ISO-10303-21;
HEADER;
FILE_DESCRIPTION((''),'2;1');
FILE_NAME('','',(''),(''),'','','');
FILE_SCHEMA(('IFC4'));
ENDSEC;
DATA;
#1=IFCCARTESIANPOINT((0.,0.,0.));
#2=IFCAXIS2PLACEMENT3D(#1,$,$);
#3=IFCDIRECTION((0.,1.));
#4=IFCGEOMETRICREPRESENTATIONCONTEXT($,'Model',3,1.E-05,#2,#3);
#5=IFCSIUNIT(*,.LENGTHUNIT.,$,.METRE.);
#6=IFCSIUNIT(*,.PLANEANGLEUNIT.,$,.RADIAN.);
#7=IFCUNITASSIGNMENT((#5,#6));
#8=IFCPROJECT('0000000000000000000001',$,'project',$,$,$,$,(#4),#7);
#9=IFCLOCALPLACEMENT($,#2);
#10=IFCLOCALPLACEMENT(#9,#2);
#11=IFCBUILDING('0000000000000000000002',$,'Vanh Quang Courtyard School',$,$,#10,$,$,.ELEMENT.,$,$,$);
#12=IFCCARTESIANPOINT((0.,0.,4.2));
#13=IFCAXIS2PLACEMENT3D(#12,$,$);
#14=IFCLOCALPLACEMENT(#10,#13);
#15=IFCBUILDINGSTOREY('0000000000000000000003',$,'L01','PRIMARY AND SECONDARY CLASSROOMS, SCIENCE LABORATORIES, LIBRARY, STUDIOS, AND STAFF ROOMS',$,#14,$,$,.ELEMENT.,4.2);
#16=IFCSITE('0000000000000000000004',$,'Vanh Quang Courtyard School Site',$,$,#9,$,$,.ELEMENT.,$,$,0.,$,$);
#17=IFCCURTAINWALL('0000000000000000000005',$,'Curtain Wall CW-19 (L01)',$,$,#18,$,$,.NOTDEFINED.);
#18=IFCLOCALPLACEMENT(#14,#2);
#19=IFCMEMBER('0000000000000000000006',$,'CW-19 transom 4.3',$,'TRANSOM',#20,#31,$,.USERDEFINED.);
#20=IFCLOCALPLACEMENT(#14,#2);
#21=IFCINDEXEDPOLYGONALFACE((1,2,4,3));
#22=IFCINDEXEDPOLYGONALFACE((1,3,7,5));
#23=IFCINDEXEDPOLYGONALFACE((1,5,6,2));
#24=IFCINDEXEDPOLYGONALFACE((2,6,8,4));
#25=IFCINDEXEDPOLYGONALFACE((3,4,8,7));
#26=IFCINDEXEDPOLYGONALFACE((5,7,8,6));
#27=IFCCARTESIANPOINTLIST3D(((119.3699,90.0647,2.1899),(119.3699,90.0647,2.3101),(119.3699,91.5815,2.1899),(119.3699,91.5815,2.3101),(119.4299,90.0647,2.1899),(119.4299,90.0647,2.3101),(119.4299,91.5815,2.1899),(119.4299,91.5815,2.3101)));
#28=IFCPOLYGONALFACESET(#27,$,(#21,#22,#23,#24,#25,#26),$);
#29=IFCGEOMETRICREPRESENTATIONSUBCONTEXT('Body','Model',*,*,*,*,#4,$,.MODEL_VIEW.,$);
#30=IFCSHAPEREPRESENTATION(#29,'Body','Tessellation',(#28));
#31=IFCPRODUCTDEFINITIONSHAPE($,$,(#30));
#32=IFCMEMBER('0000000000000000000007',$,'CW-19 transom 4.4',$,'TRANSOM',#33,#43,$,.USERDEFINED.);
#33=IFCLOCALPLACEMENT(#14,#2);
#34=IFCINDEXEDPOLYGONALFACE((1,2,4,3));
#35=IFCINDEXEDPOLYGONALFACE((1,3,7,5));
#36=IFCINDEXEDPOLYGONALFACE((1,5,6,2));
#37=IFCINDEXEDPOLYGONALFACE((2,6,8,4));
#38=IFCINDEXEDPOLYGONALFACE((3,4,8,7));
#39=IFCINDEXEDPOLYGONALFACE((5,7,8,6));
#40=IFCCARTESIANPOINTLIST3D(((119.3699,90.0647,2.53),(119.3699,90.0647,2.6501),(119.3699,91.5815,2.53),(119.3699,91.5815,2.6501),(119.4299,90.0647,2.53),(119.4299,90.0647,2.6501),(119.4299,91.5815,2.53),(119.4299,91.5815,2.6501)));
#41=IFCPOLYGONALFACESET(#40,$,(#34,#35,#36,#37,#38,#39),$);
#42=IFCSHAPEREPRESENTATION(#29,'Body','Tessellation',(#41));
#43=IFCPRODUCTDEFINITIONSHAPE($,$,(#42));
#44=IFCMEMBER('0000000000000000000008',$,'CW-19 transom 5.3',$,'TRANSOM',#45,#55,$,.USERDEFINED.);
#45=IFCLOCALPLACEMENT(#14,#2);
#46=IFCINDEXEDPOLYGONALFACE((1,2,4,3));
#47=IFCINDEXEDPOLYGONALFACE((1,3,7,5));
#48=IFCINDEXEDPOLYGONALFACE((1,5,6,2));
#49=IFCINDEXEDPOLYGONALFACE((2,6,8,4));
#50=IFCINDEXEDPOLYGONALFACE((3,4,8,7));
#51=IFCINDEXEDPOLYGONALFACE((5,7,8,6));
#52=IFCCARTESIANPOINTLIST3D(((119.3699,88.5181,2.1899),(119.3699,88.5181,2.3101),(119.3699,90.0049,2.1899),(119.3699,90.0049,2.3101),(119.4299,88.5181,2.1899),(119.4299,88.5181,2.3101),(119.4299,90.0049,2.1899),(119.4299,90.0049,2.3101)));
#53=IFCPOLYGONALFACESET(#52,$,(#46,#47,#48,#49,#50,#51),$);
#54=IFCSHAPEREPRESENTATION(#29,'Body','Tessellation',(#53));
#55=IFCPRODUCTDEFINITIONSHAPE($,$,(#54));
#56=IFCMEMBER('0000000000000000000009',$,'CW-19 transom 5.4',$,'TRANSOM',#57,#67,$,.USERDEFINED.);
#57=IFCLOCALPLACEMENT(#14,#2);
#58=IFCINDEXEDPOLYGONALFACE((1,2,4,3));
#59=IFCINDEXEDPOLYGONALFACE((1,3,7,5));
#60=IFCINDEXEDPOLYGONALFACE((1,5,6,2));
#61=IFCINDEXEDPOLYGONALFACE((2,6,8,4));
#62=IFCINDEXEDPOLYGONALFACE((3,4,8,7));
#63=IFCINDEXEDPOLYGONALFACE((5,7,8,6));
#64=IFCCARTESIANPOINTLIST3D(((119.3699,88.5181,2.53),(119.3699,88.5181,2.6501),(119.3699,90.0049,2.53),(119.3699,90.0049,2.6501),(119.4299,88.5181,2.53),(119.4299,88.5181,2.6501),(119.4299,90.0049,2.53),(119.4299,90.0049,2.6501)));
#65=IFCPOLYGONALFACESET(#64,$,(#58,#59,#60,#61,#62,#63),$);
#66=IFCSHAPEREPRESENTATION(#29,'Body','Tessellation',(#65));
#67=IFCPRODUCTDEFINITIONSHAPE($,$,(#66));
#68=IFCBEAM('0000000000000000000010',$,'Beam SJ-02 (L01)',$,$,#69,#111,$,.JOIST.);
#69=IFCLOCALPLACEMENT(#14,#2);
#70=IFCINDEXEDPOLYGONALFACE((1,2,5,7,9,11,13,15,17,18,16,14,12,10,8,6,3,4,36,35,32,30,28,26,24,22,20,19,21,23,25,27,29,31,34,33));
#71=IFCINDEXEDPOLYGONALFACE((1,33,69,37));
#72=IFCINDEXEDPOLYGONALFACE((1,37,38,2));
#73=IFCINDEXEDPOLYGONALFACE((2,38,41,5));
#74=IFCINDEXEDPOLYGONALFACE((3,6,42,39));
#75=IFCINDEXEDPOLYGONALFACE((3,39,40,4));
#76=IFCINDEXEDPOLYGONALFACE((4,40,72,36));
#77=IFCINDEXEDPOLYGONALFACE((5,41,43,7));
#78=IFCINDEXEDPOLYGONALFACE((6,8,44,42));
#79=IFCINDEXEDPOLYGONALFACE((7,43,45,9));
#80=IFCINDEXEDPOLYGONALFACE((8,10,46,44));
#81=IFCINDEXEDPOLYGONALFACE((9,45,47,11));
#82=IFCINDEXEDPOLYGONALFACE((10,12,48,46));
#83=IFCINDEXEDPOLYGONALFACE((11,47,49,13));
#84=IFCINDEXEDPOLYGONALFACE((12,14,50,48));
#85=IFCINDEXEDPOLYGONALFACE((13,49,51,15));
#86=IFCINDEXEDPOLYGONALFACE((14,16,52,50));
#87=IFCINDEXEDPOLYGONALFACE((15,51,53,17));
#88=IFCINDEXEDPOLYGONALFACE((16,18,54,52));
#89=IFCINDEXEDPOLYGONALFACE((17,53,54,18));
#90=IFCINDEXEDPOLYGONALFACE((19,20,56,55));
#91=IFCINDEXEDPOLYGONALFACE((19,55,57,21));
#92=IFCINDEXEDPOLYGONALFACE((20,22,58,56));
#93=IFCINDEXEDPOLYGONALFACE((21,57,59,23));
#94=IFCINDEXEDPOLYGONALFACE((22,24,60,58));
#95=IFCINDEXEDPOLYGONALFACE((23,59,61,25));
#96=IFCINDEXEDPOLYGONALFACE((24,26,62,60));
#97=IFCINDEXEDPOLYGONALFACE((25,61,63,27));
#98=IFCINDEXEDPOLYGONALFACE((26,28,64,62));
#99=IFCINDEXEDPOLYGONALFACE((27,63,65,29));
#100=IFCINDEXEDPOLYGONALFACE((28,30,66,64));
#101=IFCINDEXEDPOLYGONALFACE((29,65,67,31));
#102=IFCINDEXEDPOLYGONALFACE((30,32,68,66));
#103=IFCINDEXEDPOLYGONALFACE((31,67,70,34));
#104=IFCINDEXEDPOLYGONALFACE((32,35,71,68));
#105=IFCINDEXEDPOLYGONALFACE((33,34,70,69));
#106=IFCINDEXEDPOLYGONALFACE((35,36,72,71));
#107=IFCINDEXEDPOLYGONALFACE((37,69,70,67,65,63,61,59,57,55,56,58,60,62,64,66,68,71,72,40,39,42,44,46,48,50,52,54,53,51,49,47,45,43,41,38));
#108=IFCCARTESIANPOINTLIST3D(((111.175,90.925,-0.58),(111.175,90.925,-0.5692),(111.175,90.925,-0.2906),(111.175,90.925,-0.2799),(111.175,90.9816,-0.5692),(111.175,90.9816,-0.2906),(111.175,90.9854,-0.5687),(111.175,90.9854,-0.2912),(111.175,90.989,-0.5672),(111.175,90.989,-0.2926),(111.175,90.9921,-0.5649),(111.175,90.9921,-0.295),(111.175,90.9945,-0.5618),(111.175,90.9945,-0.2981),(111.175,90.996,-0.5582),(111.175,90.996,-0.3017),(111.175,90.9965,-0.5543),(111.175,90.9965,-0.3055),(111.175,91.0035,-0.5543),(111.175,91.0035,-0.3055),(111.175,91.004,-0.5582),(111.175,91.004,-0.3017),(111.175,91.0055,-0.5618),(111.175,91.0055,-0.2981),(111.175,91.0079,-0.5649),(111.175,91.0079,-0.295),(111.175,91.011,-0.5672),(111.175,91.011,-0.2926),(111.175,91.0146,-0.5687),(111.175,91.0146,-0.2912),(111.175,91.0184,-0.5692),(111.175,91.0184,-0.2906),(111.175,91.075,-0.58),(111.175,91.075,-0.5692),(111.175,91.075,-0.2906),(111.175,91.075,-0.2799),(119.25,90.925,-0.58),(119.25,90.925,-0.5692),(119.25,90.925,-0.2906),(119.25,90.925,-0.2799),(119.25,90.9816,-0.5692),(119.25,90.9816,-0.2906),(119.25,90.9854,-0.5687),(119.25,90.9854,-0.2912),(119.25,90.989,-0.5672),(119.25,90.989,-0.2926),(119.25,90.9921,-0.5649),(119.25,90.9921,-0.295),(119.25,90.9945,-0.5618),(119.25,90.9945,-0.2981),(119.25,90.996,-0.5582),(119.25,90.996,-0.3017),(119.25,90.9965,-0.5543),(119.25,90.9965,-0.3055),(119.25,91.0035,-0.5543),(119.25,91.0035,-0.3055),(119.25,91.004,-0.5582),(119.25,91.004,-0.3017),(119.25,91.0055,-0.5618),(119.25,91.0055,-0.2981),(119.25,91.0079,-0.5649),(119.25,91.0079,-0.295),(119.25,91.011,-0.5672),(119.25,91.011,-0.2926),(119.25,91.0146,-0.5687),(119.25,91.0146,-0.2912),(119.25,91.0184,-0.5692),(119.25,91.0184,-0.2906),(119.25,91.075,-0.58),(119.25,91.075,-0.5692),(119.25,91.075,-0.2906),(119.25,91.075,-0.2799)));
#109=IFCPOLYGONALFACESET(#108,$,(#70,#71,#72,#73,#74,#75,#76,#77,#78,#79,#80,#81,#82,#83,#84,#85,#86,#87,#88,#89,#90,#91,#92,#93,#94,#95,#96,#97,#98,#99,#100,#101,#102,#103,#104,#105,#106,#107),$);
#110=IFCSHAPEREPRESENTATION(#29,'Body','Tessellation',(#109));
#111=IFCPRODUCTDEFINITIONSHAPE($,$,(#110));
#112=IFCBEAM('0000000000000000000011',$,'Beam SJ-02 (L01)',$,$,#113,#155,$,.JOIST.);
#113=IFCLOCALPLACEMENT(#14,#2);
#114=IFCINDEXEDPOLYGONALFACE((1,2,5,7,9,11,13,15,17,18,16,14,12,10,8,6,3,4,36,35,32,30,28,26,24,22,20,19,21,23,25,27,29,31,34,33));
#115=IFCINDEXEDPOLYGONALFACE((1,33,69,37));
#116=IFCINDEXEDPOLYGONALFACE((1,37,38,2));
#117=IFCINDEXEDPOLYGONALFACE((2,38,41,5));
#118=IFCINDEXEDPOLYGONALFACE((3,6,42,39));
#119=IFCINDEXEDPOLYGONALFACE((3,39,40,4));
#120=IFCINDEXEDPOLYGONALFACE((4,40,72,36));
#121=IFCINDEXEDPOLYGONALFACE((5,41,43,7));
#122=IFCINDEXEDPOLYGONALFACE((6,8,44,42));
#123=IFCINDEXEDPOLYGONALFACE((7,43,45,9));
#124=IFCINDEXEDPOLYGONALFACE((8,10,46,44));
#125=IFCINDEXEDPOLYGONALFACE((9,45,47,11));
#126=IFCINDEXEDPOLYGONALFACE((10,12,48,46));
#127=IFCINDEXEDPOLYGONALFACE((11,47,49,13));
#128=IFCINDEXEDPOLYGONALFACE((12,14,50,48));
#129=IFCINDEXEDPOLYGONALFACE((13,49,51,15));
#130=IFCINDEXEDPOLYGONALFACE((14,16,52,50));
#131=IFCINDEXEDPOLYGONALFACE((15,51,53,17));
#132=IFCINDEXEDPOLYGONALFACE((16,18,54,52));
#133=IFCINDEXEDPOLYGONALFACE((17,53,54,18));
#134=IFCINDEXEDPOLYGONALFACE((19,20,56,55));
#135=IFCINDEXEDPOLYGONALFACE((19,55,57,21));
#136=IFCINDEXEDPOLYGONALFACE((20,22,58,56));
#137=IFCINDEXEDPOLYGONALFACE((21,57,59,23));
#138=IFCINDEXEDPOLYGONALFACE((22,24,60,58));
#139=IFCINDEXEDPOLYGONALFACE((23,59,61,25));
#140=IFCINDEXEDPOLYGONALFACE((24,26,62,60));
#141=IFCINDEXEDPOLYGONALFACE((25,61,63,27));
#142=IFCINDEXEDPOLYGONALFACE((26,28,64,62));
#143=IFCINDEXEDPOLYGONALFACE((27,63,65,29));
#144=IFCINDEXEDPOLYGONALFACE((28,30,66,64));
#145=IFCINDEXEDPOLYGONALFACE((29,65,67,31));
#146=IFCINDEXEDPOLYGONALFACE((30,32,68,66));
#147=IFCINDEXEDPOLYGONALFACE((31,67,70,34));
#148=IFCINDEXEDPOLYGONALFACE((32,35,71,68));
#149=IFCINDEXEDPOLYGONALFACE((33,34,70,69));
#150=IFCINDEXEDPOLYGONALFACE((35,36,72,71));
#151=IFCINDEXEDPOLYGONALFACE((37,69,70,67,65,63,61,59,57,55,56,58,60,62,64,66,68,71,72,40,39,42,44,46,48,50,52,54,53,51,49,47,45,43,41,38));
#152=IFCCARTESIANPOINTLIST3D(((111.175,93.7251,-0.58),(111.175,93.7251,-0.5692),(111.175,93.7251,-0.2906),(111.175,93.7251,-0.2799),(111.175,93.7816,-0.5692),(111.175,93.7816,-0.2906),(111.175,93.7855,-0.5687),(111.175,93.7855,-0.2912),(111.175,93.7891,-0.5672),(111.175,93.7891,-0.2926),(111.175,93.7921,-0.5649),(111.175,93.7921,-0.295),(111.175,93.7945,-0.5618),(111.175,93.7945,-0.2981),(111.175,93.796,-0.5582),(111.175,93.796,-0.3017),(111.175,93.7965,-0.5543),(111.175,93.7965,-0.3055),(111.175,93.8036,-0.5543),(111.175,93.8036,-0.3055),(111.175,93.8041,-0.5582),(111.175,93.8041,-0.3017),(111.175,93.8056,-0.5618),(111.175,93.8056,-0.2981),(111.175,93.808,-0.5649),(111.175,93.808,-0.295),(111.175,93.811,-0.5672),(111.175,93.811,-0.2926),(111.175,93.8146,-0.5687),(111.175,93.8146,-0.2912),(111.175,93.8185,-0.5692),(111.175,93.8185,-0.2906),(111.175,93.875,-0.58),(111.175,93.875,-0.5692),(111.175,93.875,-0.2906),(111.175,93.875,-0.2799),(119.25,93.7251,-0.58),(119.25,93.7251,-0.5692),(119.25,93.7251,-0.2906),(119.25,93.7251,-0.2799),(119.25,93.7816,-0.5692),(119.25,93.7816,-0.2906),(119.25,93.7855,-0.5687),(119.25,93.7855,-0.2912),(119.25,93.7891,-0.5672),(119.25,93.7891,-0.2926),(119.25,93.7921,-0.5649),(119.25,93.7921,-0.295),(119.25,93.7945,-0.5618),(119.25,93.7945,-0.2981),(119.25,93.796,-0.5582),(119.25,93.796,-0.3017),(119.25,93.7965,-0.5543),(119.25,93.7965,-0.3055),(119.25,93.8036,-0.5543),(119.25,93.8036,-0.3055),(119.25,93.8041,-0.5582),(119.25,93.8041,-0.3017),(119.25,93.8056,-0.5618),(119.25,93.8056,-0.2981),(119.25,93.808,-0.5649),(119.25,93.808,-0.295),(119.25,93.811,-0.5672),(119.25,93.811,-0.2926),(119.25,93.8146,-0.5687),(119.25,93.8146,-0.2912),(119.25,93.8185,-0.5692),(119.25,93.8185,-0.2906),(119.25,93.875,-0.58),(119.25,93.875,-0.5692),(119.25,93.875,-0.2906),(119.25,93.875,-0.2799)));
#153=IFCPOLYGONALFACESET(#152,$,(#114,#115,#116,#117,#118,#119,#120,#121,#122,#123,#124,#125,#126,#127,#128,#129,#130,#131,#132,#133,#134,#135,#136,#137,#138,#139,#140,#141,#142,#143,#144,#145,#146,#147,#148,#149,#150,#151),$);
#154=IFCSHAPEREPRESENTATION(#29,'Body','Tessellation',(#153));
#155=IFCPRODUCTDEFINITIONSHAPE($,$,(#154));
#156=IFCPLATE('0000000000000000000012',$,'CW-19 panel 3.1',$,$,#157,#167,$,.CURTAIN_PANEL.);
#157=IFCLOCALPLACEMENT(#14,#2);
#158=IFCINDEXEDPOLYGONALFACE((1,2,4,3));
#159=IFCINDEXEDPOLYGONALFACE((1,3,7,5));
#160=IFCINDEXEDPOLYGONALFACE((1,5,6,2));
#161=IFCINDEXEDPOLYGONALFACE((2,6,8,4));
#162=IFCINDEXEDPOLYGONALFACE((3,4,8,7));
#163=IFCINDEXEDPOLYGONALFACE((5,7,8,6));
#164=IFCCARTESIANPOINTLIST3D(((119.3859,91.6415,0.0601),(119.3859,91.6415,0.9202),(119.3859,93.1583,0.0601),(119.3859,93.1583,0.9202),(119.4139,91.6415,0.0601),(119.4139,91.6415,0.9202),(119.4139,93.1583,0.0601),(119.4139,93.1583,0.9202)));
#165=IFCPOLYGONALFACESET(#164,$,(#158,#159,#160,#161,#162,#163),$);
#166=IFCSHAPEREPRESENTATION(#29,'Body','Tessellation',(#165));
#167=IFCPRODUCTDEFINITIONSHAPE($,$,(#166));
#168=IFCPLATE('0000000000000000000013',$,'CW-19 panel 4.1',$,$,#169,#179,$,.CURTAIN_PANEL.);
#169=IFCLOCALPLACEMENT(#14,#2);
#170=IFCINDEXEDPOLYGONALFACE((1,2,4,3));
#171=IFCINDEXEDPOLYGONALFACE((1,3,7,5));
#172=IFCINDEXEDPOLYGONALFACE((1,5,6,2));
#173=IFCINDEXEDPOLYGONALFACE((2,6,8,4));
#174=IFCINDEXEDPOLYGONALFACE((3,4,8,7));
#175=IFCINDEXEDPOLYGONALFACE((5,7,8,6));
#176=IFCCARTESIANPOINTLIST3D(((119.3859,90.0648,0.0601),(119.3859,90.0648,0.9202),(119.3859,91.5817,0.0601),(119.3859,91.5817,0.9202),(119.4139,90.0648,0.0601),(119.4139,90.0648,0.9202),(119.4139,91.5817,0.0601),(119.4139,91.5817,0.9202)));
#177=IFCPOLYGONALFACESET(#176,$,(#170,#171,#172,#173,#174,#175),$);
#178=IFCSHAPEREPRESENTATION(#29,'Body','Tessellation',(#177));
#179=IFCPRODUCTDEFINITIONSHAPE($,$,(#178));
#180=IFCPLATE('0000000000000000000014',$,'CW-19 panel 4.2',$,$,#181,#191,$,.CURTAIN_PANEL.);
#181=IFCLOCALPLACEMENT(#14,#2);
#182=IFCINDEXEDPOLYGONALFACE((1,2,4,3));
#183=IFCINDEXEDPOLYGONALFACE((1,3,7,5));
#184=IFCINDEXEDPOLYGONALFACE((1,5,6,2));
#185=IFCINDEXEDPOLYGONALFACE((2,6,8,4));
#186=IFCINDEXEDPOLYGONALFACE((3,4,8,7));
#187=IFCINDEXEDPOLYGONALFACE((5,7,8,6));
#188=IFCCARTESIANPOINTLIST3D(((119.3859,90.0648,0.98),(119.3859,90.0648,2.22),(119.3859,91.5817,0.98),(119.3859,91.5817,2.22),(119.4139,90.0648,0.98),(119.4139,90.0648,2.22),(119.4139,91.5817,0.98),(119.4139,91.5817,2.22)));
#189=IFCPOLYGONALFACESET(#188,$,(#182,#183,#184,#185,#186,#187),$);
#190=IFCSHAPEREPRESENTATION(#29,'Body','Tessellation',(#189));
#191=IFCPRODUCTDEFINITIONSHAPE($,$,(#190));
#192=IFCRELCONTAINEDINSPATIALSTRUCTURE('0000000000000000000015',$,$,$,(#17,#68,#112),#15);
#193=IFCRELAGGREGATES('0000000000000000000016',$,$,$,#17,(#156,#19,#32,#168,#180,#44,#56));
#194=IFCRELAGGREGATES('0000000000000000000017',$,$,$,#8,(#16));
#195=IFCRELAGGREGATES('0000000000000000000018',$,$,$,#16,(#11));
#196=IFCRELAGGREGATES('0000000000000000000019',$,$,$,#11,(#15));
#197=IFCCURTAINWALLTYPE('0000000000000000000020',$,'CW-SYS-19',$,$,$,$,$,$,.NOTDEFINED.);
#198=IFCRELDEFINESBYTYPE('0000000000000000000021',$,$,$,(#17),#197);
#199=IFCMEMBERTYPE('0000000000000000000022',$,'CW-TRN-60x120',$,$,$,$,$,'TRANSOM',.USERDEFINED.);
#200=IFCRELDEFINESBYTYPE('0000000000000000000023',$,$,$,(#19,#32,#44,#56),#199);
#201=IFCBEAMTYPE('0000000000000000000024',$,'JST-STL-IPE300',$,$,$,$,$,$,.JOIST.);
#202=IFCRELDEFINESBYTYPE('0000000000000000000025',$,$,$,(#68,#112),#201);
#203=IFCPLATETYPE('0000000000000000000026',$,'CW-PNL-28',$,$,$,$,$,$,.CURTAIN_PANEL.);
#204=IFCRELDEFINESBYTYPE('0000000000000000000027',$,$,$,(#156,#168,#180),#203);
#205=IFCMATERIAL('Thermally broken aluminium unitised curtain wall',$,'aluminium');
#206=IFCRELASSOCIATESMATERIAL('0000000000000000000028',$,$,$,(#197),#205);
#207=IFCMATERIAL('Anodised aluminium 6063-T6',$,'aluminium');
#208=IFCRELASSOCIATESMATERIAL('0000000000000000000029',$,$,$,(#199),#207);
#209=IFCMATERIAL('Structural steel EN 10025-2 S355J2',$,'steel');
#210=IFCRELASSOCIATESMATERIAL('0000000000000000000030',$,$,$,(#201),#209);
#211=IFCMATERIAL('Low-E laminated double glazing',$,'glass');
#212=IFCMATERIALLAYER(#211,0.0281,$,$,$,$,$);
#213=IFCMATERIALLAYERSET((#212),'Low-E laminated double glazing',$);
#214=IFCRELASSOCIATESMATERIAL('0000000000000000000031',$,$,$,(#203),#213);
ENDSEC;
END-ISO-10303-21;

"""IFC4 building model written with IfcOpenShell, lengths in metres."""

from ifc_helpers import new_model, si_unit, direction, frame, origin, origin_2d, place, context, subcontext, project, spatial, rectangle, i_section, extrude, material, layer, layer_set, material_profile, profile_set, type_object, element, aggregate, save


model = new_model("IFC4")

# Units and contexts
model_context = context("Model", 3, precision=1e-05, world=origin(), true_north=direction((0.0, 1.0)))
body_context = subcontext(model_context, "Body", "Model", "MODEL_VIEW")
ifc_project = project(units=[si_unit("LENGTHUNIT", "METRE"), si_unit("PLANEANGLEUNIT", "RADIAN")], contexts=[model_context])

# Site, building, storey
site_placement = place(None, origin())
site = spatial("IfcSite", under=ifc_project, at=site_placement, Name="Vanh Quang Courtyard School Site", CompositionType="ELEMENT", RefElevation=0.0)
building_placement = place(site_placement, origin())
building = spatial("IfcBuilding", under=site, at=building_placement, Name="Vanh Quang Courtyard School", CompositionType="ELEMENT")
storey_placement = place(building_placement, frame((0.0, 0.0, 4.2)))
storey = spatial("IfcBuildingStorey", under=building, at=storey_placement, Name="L01", Description="PRIMARY AND SECONDARY CLASSROOMS, SCIENCE LABORATORIES, LIBRARY, STUDIOS, AND STAFF ROOMS", CompositionType="ELEMENT", Elevation=4.2)

# Curtain wall, members
ifc_material_1 = material(Name="Thermally broken aluminium unitised curtain wall", Category="aluminium")
curtain_wall_type = type_object("IfcCurtainWallType", Name="CW-SYS-19", PredefinedType="NOTDEFINED", material=ifc_material_1)
curtain_wall_placement = place(storey_placement, origin())
curtain_wall = element("IfcCurtainWall", 1, at=curtain_wall_placement, inside=storey, type_object=curtain_wall_type, Name="Curtain Wall CW-19 (L01)", PredefinedType="NOTDEFINED")
ifc_material_2 = material(Name="Anodised aluminium 6063-T6", Category="aluminium")
ifc_material_profile_1 = material_profile(ifc_material_2, rectangle(XDim=0.0601, YDim=0.1201, at=origin_2d()), Name="ALU-TRN 60x120")
ifc_profile_set_1 = profile_set([ifc_material_profile_1], Name="Anodised aluminium 6063-T6")
member_type_1 = type_object("IfcMemberType", Name="CW-TRN-60x120", ElementType="TRANSOM", PredefinedType="USERDEFINED", material=ifc_profile_set_1)
member_1_placement = place(storey_placement, frame((119.3999, 91.5815, 2.25), z_axis=(0.0, -1.0, 0.0), x_axis=(1.0, 0.0, 0.0)))
member_1 = element("IfcMember", 2, at=member_1_placement, type_object=member_type_1, Name="CW-19 transom 4.3", ObjectType="TRANSOM", PredefinedType="USERDEFINED", context=body_context, shape_type="SweptSolid", body=[
    extrude(rectangle(XDim=0.0601, YDim=0.1201, at=origin_2d()), origin(), (0.0, 0.0, 1.0), 1.5168),
])
member_2_placement = place(storey_placement, frame((119.3999, 91.5815, 2.5901), z_axis=(0.0, -1.0, 0.0), x_axis=(1.0, 0.0, 0.0)))
member_2 = element("IfcMember", 3, at=member_2_placement, type_object=member_type_1, Name="CW-19 transom 4.4", ObjectType="TRANSOM", PredefinedType="USERDEFINED", context=body_context, shape_type="SweptSolid", body=[
    extrude(rectangle(XDim=0.0601, YDim=0.1201, at=origin_2d()), origin(), (0.0, 0.0, 1.0), 1.5168),
])
member_3_placement = place(storey_placement, frame((119.3999, 90.0049, 2.25), z_axis=(0.0, -1.0, 0.0), x_axis=(1.0, 0.0, 0.0)))
member_3 = element("IfcMember", 4, at=member_3_placement, type_object=member_type_1, Name="CW-19 transom 5.3", ObjectType="TRANSOM", PredefinedType="USERDEFINED", context=body_context, shape_type="SweptSolid", body=[
    extrude(rectangle(XDim=0.0601, YDim=0.1201, at=origin_2d()), origin(), (0.0, 0.0, 1.0), 1.4868),
])
member_4_placement = place(storey_placement, frame((119.3999, 90.0049, 2.5901), z_axis=(0.0, -1.0, 0.0), x_axis=(1.0, 0.0, 0.0)))
member_4 = element("IfcMember", 5, at=member_4_placement, type_object=member_type_1, Name="CW-19 transom 5.4", ObjectType="TRANSOM", PredefinedType="USERDEFINED", context=body_context, shape_type="SweptSolid", body=[
    extrude(rectangle(XDim=0.0601, YDim=0.1201, at=origin_2d()), origin(), (0.0, 0.0, 1.0), 1.4868),
])

# Beams
ifc_material_3 = material(Name="Structural steel EN 10025-2 S355J2", Category="steel")
ifc_material_profile_2 = material_profile(ifc_material_3, i_section(OverallWidth=0.1499, OverallDepth=0.3, WebThickness=0.0071, FlangeThickness=0.0107, FilletRadius=0.0149, at=origin_2d()), Name="IPE 300")
ifc_profile_set_2 = profile_set([ifc_material_profile_2], Name="Structural steel EN 10025-2 S355J2")
beam_type_1 = type_object("IfcBeamType", Name="JST-STL-IPE300", PredefinedType="JOIST", material=ifc_profile_set_2)
for number, where, z_axis, x_axis, name in (
    (6, (111.175, 91.0, -0.4299), (1.0, 0.0, 0.0), (0.0, 1.0, 0.0), "Beam SJ-02 (L01)"),
    (7, (111.175, 93.8, -0.4299), (1.0, 0.0, 0.0), (0.0, 1.0, 0.0), "Beam SJ-02 (L01)"),
):
    element("IfcBeam", number, at=place(storey_placement, frame(where, z_axis=z_axis, x_axis=x_axis)), inside=storey, type_object=beam_type_1, Name=name, PredefinedType="JOIST", context=body_context, shape_type="SweptSolid", body=[
        extrude(i_section(OverallWidth=0.1499, OverallDepth=0.3, WebThickness=0.0071, FlangeThickness=0.0107, FilletRadius=0.0149, at=origin_2d()), origin(), (0.0, 0.0, 1.0), 8.075),
    ])

# Plates
ifc_material_4 = material(Name="Low-E laminated double glazing", Category="glass")
ifc_layer_1 = layer(ifc_material_4, 0.0281)
ifc_layer_set_1 = layer_set([ifc_layer_1], Name="Low-E laminated double glazing")
plate_type = type_object("IfcPlateType", Name="CW-PNL-28", PredefinedType="CURTAIN_PANEL", material=ifc_layer_set_1)
plate_1_placement = place(storey_placement, frame((119.3999, 92.3999, 0.0601), z_axis=(0.0, 0.0, 1.0), x_axis=(0.0, -1.0, 0.0)))
plate_1 = element("IfcPlate", 8, at=plate_1_placement, type_object=plate_type, Name="CW-19 panel 3.1", PredefinedType="CURTAIN_PANEL", context=body_context, shape_type="SweptSolid", body=[
    extrude(rectangle(XDim=1.5168, YDim=0.0281, at=origin_2d()), origin(), (0.0, 0.0, 1.0), 0.8601),
])
plate_2_placement = place(storey_placement, frame((119.3999, 90.8232, 0.0601), z_axis=(0.0, 0.0, 1.0), x_axis=(0.0, -1.0, 0.0)))
plate_2 = element("IfcPlate", 9, at=plate_2_placement, type_object=plate_type, Name="CW-19 panel 4.1", PredefinedType="CURTAIN_PANEL", context=body_context, shape_type="SweptSolid", body=[
    extrude(rectangle(XDim=1.5168, YDim=0.0281, at=origin_2d()), origin(), (0.0, 0.0, 1.0), 0.8601),
])
plate_3_placement = place(storey_placement, frame((119.3999, 90.8232, 0.98), z_axis=(0.0, 0.0, 1.0), x_axis=(0.0, -1.0, 0.0)))
plate_3 = element("IfcPlate", 10, at=plate_3_placement, type_object=plate_type, Name="CW-19 panel 4.2", PredefinedType="CURTAIN_PANEL", context=body_context, shape_type="SweptSolid", body=[
    extrude(rectangle(XDim=1.5168, YDim=0.0281, at=origin_2d()), origin(), (0.0, 0.0, 1.0), 1.24),
])
aggregate(curtain_wall, [plate_1, member_1, member_2, plate_2, plate_3, member_3, member_4])

save(model, "model.ifc")
